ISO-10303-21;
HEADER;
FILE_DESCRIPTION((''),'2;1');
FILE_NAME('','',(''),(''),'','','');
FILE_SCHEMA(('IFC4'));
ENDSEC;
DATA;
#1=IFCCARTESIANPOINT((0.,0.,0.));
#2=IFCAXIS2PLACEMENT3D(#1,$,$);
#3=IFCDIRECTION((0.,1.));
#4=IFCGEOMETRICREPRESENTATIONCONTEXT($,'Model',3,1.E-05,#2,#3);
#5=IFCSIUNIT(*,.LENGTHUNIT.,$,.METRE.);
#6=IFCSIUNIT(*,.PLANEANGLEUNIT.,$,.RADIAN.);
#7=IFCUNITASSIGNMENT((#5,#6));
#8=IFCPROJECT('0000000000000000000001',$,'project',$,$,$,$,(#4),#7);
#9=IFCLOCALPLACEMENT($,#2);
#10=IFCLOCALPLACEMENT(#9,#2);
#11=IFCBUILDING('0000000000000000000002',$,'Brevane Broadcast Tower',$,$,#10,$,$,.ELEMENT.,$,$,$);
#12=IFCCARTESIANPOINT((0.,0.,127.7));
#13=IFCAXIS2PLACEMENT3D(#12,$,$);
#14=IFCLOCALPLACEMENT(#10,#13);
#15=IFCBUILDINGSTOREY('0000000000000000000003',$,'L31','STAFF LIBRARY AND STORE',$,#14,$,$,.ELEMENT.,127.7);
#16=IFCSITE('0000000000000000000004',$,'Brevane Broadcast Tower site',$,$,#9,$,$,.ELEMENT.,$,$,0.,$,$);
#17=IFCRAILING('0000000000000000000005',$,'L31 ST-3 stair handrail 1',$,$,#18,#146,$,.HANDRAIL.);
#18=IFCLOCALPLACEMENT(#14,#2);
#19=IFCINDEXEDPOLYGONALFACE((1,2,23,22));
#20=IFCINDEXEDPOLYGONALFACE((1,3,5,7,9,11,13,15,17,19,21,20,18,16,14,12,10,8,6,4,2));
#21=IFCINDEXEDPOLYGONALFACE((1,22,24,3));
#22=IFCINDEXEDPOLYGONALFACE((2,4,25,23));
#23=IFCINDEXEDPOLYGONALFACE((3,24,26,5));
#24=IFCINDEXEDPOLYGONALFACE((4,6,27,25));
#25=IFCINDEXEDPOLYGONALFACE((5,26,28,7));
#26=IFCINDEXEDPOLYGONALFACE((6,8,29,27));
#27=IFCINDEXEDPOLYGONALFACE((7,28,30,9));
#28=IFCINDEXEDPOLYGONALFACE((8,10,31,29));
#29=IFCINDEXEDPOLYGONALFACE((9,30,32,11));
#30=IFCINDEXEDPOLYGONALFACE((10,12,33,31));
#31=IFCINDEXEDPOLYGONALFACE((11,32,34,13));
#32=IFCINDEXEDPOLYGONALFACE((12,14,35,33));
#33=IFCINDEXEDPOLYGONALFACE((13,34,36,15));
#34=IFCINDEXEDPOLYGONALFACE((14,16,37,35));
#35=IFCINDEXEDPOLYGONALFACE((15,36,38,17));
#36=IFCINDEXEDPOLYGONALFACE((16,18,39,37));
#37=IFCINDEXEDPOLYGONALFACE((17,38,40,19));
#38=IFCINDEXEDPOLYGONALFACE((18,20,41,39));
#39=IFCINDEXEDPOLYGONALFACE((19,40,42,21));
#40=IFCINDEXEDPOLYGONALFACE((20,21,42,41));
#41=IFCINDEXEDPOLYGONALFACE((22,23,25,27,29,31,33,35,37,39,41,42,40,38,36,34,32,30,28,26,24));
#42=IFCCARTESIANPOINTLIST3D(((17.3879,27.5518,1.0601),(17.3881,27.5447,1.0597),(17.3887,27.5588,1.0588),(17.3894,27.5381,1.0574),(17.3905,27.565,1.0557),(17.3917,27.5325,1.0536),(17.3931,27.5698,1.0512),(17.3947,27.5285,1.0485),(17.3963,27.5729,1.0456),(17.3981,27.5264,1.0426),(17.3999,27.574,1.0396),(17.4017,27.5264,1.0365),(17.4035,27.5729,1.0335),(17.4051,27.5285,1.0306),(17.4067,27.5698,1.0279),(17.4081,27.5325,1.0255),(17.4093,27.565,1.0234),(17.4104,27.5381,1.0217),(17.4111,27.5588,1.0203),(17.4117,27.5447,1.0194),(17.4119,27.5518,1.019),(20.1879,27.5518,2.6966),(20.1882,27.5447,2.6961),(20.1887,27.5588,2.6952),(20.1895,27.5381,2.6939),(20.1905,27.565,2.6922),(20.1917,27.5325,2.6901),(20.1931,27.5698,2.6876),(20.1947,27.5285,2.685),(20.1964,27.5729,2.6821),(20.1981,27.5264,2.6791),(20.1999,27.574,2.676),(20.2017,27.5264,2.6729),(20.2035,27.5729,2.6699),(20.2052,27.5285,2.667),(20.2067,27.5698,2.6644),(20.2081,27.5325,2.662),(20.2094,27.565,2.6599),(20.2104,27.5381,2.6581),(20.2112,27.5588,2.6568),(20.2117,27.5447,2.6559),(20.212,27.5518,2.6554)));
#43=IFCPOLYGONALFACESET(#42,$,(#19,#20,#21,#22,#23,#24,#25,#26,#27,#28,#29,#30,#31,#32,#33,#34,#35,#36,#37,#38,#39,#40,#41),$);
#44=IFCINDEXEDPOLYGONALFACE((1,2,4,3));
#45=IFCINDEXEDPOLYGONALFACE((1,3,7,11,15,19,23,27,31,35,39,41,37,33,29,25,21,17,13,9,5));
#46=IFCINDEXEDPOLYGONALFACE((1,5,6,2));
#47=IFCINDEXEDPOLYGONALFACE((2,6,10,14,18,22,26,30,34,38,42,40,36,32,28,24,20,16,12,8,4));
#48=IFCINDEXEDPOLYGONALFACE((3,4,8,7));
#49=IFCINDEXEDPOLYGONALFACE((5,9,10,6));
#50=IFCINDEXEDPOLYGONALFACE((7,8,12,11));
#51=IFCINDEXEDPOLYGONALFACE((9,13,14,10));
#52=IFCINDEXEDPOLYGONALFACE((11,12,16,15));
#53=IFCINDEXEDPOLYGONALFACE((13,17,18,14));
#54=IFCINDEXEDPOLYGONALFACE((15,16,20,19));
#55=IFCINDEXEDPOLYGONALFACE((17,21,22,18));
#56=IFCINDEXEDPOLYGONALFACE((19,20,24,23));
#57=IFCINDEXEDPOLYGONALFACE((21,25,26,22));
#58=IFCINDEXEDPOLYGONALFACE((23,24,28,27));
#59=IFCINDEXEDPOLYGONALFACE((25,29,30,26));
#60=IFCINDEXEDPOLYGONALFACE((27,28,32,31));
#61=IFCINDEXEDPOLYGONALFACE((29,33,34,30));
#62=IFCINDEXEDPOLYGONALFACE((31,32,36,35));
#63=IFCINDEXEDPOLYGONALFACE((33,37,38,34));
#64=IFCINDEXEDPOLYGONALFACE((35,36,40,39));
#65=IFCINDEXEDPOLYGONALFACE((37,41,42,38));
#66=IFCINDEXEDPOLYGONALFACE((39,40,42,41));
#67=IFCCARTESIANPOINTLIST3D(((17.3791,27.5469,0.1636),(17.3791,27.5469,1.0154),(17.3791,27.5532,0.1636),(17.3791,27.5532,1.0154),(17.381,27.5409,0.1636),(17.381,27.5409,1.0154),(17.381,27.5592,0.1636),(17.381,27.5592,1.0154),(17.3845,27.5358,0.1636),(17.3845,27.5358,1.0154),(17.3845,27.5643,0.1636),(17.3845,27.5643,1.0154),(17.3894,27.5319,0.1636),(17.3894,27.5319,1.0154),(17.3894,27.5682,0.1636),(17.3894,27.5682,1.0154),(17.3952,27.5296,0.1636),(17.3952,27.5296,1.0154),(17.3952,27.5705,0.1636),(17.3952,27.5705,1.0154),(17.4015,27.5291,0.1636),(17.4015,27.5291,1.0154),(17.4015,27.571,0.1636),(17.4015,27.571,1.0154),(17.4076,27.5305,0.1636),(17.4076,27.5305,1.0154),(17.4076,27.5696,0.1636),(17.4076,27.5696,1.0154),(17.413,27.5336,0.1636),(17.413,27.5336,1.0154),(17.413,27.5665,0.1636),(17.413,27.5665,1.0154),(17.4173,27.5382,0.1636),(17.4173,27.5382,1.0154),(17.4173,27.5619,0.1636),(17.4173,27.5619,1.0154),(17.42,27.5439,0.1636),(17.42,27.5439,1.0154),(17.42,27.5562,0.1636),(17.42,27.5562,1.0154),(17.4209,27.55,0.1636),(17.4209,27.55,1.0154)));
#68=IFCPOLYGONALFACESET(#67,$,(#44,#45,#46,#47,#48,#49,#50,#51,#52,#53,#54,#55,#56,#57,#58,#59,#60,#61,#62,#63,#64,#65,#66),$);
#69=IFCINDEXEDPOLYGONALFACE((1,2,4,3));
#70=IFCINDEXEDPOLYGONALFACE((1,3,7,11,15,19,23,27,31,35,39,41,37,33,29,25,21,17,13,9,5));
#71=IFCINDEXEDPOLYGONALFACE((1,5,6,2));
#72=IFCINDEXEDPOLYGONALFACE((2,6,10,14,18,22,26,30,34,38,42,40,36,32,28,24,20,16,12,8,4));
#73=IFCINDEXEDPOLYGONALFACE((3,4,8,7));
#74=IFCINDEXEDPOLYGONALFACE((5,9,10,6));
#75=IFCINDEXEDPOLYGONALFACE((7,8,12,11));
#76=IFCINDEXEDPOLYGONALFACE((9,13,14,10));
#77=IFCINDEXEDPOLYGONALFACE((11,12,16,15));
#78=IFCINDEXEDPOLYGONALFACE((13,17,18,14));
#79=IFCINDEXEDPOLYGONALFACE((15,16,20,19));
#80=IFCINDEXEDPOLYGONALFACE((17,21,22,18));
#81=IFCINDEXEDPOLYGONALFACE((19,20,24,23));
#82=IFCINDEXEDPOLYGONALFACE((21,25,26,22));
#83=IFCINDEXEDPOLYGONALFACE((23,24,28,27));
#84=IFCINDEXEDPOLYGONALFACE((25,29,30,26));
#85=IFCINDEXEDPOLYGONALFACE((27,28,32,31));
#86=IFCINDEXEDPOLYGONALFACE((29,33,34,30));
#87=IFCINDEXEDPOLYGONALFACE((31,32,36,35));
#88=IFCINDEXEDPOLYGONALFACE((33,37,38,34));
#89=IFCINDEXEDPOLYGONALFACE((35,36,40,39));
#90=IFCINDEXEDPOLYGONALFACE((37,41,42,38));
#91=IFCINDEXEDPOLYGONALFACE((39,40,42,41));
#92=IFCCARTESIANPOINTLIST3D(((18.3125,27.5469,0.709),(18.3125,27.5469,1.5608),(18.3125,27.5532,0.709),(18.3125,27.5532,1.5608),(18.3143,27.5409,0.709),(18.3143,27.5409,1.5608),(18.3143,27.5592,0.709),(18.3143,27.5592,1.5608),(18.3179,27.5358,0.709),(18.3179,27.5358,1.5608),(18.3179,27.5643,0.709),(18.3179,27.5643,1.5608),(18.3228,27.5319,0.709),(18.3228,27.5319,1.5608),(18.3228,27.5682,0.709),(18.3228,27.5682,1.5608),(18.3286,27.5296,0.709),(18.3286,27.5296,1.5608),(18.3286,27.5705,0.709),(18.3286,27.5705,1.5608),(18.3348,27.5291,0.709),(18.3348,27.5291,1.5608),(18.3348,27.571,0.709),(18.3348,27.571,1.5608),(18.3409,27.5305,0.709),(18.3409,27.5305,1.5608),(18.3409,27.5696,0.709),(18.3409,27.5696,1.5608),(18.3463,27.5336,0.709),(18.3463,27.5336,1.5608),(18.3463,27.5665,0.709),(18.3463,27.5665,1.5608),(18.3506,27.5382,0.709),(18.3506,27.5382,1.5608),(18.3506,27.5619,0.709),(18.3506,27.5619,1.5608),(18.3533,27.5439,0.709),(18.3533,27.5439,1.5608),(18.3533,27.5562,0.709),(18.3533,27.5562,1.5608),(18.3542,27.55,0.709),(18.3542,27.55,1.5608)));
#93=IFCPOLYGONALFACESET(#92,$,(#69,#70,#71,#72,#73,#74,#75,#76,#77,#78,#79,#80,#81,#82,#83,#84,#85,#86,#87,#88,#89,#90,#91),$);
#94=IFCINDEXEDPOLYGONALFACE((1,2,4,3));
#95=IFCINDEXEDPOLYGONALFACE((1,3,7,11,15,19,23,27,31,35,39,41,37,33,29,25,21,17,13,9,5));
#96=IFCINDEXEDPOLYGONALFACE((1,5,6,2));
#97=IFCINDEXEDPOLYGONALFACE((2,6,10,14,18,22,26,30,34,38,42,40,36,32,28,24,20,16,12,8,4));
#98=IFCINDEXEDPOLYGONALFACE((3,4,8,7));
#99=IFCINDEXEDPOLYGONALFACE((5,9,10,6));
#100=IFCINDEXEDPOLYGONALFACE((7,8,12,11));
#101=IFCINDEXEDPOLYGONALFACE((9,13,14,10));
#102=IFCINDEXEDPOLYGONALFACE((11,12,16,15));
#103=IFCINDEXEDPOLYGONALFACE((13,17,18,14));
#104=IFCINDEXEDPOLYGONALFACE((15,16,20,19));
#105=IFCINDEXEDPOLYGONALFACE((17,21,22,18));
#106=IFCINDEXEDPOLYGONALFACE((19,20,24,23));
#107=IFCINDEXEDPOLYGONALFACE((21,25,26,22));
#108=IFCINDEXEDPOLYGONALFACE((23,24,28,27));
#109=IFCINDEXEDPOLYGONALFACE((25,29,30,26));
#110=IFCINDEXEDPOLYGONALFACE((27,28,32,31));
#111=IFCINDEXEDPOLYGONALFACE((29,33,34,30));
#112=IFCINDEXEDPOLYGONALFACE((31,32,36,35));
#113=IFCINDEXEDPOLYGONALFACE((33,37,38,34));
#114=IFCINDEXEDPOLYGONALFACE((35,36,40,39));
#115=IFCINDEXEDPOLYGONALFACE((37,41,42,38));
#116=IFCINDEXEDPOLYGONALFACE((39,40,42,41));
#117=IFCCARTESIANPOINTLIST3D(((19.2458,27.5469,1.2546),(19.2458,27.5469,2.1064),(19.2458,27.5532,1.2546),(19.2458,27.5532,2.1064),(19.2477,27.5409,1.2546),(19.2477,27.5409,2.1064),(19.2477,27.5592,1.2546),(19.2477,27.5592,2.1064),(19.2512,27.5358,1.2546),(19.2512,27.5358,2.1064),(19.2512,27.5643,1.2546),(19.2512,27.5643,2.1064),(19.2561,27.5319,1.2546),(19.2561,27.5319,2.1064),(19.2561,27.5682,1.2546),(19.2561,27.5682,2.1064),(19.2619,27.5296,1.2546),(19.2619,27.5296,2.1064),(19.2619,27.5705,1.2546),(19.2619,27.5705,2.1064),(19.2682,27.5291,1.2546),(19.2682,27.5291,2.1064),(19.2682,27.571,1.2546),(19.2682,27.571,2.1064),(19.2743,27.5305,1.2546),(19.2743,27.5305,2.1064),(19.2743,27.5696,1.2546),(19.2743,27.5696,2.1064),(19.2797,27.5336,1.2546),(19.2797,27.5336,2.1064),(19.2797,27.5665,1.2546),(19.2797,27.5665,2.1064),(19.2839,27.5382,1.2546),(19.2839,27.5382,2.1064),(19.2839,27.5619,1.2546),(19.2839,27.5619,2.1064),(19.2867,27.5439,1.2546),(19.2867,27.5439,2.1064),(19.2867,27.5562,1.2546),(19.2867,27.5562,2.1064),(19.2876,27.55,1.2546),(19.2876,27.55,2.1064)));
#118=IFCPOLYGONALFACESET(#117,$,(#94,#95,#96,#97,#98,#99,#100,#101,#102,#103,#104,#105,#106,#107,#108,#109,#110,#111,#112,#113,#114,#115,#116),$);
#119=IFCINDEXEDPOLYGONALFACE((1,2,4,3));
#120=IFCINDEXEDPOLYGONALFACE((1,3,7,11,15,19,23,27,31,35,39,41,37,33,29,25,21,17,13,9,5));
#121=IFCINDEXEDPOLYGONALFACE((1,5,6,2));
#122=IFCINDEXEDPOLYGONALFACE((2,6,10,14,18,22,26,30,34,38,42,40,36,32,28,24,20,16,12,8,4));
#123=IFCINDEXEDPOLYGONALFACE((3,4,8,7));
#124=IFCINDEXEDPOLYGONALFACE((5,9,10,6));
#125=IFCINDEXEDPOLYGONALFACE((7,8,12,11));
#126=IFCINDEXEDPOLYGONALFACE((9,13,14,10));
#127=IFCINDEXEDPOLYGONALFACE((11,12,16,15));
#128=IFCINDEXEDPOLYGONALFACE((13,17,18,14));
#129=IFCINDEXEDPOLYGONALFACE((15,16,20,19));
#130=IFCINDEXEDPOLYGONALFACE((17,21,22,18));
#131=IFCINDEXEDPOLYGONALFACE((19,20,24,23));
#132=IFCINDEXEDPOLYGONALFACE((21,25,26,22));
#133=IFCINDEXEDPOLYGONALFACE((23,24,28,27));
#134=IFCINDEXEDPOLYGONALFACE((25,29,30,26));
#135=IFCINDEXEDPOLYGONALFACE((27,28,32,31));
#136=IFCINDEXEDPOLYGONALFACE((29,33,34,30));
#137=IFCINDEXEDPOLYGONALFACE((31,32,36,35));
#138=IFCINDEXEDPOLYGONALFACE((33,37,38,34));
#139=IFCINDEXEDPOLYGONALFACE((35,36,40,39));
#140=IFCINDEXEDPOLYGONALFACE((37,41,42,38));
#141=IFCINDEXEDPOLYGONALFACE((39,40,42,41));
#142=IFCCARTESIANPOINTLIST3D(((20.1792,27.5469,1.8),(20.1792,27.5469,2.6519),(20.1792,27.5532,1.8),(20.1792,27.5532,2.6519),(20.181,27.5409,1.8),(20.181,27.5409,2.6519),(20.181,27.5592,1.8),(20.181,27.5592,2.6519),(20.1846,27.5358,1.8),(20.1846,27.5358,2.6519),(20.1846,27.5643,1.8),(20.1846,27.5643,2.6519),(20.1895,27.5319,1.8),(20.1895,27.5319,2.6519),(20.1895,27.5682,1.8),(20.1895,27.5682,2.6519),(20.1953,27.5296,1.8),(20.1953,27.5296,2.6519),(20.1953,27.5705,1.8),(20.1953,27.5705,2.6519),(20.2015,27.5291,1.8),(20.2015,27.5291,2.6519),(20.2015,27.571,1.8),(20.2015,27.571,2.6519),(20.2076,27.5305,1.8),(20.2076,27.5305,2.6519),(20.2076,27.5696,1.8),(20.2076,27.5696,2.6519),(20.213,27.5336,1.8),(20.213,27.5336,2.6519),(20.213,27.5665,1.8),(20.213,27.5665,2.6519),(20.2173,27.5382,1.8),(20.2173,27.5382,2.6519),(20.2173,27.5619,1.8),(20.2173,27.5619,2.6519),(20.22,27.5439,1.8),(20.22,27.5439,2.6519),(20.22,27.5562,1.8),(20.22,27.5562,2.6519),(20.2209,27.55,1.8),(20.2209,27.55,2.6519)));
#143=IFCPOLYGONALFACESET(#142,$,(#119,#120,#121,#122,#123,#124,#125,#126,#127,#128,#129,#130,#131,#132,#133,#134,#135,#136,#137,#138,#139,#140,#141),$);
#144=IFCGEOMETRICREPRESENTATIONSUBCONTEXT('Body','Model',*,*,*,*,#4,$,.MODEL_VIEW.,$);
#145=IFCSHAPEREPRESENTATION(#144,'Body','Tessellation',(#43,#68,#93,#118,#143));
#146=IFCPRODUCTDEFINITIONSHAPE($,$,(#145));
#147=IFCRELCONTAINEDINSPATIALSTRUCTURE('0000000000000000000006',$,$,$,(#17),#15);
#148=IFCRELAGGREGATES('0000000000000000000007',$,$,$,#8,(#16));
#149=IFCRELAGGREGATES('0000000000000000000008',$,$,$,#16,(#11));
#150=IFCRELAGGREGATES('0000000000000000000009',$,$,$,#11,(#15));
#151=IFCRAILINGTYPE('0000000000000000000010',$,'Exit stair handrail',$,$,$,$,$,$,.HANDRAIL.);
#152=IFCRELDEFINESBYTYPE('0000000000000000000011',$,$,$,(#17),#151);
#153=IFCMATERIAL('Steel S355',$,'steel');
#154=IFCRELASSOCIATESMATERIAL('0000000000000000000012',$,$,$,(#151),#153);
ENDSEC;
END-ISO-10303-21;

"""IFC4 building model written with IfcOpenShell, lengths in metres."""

from ifc_helpers import new_model, si_unit, direction, frame, origin, origin_2d, place, context, subcontext, project, spatial, circle, extrude, material, type_object, element, save


model = new_model("IFC4")

# Units and contexts
model_context = context("Model", 3, precision=1e-05, world=origin(), true_north=direction((0.0, 1.0)))
body_context = subcontext(model_context, "Body", "Model", "MODEL_VIEW")
ifc_project = project(units=[si_unit("LENGTHUNIT", "METRE"), si_unit("PLANEANGLEUNIT", "RADIAN")], contexts=[model_context])

# Site, building, storey
site_placement = place(None, origin())
site = spatial("IfcSite", under=ifc_project, at=site_placement, Name="Brevane Broadcast Tower site", CompositionType="ELEMENT", RefElevation=0.0)
building_placement = place(site_placement, origin())
building = spatial("IfcBuilding", under=site, at=building_placement, Name="Brevane Broadcast Tower", CompositionType="ELEMENT")
storey_placement = place(building_placement, frame((0.0, 0.0, 127.7)))
storey = spatial("IfcBuildingStorey", under=building, at=storey_placement, Name="L31", Description="STAFF LIBRARY AND STORE", CompositionType="ELEMENT", Elevation=127.7)

# Railing
ifc_material_1 = material(Name="Steel S355", Category="steel")
railing_type_1 = type_object("IfcRailingType", Name="Exit stair handrail", PredefinedType="HANDRAIL", material=ifc_material_1)
railing_1_placement = place(storey_placement, frame((17.3999, 27.55, 0.1636)))
element("IfcRailing", 1, at=railing_1_placement, inside=storey, type_object=railing_type_1, Name="L31 ST-3 stair handrail 1", PredefinedType="HANDRAIL", context=body_context, shape_type="SweptSolid", body=[
    extrude(circle(Radius=0.0239, at=origin_2d()), frame((0.0, 0.0, 0.876), z_axis=(0.863361, 0.0, 0.504587), x_axis=(0.0, 1.0, 0.0)), (0.0, 0.0, 1.0), 3.2432),
    extrude(circle(Radius=0.021, at=origin_2d()), origin(), (0.0, 0.0, 1.0), 0.8518),
    extrude(circle(Radius=0.021, at=origin_2d()), frame((0.9333, 0.0, 0.5454)), (0.0, 0.0, 1.0), 0.8518),
    extrude(circle(Radius=0.021, at=origin_2d()), frame((1.8667, 0.0, 1.0911)), (0.0, 0.0, 1.0), 0.8518),
    extrude(circle(Radius=0.021, at=origin_2d()), frame((2.8, 0.0, 1.6365)), (0.0, 0.0, 1.0), 0.8518),
])

save(model, "model.ifc")
